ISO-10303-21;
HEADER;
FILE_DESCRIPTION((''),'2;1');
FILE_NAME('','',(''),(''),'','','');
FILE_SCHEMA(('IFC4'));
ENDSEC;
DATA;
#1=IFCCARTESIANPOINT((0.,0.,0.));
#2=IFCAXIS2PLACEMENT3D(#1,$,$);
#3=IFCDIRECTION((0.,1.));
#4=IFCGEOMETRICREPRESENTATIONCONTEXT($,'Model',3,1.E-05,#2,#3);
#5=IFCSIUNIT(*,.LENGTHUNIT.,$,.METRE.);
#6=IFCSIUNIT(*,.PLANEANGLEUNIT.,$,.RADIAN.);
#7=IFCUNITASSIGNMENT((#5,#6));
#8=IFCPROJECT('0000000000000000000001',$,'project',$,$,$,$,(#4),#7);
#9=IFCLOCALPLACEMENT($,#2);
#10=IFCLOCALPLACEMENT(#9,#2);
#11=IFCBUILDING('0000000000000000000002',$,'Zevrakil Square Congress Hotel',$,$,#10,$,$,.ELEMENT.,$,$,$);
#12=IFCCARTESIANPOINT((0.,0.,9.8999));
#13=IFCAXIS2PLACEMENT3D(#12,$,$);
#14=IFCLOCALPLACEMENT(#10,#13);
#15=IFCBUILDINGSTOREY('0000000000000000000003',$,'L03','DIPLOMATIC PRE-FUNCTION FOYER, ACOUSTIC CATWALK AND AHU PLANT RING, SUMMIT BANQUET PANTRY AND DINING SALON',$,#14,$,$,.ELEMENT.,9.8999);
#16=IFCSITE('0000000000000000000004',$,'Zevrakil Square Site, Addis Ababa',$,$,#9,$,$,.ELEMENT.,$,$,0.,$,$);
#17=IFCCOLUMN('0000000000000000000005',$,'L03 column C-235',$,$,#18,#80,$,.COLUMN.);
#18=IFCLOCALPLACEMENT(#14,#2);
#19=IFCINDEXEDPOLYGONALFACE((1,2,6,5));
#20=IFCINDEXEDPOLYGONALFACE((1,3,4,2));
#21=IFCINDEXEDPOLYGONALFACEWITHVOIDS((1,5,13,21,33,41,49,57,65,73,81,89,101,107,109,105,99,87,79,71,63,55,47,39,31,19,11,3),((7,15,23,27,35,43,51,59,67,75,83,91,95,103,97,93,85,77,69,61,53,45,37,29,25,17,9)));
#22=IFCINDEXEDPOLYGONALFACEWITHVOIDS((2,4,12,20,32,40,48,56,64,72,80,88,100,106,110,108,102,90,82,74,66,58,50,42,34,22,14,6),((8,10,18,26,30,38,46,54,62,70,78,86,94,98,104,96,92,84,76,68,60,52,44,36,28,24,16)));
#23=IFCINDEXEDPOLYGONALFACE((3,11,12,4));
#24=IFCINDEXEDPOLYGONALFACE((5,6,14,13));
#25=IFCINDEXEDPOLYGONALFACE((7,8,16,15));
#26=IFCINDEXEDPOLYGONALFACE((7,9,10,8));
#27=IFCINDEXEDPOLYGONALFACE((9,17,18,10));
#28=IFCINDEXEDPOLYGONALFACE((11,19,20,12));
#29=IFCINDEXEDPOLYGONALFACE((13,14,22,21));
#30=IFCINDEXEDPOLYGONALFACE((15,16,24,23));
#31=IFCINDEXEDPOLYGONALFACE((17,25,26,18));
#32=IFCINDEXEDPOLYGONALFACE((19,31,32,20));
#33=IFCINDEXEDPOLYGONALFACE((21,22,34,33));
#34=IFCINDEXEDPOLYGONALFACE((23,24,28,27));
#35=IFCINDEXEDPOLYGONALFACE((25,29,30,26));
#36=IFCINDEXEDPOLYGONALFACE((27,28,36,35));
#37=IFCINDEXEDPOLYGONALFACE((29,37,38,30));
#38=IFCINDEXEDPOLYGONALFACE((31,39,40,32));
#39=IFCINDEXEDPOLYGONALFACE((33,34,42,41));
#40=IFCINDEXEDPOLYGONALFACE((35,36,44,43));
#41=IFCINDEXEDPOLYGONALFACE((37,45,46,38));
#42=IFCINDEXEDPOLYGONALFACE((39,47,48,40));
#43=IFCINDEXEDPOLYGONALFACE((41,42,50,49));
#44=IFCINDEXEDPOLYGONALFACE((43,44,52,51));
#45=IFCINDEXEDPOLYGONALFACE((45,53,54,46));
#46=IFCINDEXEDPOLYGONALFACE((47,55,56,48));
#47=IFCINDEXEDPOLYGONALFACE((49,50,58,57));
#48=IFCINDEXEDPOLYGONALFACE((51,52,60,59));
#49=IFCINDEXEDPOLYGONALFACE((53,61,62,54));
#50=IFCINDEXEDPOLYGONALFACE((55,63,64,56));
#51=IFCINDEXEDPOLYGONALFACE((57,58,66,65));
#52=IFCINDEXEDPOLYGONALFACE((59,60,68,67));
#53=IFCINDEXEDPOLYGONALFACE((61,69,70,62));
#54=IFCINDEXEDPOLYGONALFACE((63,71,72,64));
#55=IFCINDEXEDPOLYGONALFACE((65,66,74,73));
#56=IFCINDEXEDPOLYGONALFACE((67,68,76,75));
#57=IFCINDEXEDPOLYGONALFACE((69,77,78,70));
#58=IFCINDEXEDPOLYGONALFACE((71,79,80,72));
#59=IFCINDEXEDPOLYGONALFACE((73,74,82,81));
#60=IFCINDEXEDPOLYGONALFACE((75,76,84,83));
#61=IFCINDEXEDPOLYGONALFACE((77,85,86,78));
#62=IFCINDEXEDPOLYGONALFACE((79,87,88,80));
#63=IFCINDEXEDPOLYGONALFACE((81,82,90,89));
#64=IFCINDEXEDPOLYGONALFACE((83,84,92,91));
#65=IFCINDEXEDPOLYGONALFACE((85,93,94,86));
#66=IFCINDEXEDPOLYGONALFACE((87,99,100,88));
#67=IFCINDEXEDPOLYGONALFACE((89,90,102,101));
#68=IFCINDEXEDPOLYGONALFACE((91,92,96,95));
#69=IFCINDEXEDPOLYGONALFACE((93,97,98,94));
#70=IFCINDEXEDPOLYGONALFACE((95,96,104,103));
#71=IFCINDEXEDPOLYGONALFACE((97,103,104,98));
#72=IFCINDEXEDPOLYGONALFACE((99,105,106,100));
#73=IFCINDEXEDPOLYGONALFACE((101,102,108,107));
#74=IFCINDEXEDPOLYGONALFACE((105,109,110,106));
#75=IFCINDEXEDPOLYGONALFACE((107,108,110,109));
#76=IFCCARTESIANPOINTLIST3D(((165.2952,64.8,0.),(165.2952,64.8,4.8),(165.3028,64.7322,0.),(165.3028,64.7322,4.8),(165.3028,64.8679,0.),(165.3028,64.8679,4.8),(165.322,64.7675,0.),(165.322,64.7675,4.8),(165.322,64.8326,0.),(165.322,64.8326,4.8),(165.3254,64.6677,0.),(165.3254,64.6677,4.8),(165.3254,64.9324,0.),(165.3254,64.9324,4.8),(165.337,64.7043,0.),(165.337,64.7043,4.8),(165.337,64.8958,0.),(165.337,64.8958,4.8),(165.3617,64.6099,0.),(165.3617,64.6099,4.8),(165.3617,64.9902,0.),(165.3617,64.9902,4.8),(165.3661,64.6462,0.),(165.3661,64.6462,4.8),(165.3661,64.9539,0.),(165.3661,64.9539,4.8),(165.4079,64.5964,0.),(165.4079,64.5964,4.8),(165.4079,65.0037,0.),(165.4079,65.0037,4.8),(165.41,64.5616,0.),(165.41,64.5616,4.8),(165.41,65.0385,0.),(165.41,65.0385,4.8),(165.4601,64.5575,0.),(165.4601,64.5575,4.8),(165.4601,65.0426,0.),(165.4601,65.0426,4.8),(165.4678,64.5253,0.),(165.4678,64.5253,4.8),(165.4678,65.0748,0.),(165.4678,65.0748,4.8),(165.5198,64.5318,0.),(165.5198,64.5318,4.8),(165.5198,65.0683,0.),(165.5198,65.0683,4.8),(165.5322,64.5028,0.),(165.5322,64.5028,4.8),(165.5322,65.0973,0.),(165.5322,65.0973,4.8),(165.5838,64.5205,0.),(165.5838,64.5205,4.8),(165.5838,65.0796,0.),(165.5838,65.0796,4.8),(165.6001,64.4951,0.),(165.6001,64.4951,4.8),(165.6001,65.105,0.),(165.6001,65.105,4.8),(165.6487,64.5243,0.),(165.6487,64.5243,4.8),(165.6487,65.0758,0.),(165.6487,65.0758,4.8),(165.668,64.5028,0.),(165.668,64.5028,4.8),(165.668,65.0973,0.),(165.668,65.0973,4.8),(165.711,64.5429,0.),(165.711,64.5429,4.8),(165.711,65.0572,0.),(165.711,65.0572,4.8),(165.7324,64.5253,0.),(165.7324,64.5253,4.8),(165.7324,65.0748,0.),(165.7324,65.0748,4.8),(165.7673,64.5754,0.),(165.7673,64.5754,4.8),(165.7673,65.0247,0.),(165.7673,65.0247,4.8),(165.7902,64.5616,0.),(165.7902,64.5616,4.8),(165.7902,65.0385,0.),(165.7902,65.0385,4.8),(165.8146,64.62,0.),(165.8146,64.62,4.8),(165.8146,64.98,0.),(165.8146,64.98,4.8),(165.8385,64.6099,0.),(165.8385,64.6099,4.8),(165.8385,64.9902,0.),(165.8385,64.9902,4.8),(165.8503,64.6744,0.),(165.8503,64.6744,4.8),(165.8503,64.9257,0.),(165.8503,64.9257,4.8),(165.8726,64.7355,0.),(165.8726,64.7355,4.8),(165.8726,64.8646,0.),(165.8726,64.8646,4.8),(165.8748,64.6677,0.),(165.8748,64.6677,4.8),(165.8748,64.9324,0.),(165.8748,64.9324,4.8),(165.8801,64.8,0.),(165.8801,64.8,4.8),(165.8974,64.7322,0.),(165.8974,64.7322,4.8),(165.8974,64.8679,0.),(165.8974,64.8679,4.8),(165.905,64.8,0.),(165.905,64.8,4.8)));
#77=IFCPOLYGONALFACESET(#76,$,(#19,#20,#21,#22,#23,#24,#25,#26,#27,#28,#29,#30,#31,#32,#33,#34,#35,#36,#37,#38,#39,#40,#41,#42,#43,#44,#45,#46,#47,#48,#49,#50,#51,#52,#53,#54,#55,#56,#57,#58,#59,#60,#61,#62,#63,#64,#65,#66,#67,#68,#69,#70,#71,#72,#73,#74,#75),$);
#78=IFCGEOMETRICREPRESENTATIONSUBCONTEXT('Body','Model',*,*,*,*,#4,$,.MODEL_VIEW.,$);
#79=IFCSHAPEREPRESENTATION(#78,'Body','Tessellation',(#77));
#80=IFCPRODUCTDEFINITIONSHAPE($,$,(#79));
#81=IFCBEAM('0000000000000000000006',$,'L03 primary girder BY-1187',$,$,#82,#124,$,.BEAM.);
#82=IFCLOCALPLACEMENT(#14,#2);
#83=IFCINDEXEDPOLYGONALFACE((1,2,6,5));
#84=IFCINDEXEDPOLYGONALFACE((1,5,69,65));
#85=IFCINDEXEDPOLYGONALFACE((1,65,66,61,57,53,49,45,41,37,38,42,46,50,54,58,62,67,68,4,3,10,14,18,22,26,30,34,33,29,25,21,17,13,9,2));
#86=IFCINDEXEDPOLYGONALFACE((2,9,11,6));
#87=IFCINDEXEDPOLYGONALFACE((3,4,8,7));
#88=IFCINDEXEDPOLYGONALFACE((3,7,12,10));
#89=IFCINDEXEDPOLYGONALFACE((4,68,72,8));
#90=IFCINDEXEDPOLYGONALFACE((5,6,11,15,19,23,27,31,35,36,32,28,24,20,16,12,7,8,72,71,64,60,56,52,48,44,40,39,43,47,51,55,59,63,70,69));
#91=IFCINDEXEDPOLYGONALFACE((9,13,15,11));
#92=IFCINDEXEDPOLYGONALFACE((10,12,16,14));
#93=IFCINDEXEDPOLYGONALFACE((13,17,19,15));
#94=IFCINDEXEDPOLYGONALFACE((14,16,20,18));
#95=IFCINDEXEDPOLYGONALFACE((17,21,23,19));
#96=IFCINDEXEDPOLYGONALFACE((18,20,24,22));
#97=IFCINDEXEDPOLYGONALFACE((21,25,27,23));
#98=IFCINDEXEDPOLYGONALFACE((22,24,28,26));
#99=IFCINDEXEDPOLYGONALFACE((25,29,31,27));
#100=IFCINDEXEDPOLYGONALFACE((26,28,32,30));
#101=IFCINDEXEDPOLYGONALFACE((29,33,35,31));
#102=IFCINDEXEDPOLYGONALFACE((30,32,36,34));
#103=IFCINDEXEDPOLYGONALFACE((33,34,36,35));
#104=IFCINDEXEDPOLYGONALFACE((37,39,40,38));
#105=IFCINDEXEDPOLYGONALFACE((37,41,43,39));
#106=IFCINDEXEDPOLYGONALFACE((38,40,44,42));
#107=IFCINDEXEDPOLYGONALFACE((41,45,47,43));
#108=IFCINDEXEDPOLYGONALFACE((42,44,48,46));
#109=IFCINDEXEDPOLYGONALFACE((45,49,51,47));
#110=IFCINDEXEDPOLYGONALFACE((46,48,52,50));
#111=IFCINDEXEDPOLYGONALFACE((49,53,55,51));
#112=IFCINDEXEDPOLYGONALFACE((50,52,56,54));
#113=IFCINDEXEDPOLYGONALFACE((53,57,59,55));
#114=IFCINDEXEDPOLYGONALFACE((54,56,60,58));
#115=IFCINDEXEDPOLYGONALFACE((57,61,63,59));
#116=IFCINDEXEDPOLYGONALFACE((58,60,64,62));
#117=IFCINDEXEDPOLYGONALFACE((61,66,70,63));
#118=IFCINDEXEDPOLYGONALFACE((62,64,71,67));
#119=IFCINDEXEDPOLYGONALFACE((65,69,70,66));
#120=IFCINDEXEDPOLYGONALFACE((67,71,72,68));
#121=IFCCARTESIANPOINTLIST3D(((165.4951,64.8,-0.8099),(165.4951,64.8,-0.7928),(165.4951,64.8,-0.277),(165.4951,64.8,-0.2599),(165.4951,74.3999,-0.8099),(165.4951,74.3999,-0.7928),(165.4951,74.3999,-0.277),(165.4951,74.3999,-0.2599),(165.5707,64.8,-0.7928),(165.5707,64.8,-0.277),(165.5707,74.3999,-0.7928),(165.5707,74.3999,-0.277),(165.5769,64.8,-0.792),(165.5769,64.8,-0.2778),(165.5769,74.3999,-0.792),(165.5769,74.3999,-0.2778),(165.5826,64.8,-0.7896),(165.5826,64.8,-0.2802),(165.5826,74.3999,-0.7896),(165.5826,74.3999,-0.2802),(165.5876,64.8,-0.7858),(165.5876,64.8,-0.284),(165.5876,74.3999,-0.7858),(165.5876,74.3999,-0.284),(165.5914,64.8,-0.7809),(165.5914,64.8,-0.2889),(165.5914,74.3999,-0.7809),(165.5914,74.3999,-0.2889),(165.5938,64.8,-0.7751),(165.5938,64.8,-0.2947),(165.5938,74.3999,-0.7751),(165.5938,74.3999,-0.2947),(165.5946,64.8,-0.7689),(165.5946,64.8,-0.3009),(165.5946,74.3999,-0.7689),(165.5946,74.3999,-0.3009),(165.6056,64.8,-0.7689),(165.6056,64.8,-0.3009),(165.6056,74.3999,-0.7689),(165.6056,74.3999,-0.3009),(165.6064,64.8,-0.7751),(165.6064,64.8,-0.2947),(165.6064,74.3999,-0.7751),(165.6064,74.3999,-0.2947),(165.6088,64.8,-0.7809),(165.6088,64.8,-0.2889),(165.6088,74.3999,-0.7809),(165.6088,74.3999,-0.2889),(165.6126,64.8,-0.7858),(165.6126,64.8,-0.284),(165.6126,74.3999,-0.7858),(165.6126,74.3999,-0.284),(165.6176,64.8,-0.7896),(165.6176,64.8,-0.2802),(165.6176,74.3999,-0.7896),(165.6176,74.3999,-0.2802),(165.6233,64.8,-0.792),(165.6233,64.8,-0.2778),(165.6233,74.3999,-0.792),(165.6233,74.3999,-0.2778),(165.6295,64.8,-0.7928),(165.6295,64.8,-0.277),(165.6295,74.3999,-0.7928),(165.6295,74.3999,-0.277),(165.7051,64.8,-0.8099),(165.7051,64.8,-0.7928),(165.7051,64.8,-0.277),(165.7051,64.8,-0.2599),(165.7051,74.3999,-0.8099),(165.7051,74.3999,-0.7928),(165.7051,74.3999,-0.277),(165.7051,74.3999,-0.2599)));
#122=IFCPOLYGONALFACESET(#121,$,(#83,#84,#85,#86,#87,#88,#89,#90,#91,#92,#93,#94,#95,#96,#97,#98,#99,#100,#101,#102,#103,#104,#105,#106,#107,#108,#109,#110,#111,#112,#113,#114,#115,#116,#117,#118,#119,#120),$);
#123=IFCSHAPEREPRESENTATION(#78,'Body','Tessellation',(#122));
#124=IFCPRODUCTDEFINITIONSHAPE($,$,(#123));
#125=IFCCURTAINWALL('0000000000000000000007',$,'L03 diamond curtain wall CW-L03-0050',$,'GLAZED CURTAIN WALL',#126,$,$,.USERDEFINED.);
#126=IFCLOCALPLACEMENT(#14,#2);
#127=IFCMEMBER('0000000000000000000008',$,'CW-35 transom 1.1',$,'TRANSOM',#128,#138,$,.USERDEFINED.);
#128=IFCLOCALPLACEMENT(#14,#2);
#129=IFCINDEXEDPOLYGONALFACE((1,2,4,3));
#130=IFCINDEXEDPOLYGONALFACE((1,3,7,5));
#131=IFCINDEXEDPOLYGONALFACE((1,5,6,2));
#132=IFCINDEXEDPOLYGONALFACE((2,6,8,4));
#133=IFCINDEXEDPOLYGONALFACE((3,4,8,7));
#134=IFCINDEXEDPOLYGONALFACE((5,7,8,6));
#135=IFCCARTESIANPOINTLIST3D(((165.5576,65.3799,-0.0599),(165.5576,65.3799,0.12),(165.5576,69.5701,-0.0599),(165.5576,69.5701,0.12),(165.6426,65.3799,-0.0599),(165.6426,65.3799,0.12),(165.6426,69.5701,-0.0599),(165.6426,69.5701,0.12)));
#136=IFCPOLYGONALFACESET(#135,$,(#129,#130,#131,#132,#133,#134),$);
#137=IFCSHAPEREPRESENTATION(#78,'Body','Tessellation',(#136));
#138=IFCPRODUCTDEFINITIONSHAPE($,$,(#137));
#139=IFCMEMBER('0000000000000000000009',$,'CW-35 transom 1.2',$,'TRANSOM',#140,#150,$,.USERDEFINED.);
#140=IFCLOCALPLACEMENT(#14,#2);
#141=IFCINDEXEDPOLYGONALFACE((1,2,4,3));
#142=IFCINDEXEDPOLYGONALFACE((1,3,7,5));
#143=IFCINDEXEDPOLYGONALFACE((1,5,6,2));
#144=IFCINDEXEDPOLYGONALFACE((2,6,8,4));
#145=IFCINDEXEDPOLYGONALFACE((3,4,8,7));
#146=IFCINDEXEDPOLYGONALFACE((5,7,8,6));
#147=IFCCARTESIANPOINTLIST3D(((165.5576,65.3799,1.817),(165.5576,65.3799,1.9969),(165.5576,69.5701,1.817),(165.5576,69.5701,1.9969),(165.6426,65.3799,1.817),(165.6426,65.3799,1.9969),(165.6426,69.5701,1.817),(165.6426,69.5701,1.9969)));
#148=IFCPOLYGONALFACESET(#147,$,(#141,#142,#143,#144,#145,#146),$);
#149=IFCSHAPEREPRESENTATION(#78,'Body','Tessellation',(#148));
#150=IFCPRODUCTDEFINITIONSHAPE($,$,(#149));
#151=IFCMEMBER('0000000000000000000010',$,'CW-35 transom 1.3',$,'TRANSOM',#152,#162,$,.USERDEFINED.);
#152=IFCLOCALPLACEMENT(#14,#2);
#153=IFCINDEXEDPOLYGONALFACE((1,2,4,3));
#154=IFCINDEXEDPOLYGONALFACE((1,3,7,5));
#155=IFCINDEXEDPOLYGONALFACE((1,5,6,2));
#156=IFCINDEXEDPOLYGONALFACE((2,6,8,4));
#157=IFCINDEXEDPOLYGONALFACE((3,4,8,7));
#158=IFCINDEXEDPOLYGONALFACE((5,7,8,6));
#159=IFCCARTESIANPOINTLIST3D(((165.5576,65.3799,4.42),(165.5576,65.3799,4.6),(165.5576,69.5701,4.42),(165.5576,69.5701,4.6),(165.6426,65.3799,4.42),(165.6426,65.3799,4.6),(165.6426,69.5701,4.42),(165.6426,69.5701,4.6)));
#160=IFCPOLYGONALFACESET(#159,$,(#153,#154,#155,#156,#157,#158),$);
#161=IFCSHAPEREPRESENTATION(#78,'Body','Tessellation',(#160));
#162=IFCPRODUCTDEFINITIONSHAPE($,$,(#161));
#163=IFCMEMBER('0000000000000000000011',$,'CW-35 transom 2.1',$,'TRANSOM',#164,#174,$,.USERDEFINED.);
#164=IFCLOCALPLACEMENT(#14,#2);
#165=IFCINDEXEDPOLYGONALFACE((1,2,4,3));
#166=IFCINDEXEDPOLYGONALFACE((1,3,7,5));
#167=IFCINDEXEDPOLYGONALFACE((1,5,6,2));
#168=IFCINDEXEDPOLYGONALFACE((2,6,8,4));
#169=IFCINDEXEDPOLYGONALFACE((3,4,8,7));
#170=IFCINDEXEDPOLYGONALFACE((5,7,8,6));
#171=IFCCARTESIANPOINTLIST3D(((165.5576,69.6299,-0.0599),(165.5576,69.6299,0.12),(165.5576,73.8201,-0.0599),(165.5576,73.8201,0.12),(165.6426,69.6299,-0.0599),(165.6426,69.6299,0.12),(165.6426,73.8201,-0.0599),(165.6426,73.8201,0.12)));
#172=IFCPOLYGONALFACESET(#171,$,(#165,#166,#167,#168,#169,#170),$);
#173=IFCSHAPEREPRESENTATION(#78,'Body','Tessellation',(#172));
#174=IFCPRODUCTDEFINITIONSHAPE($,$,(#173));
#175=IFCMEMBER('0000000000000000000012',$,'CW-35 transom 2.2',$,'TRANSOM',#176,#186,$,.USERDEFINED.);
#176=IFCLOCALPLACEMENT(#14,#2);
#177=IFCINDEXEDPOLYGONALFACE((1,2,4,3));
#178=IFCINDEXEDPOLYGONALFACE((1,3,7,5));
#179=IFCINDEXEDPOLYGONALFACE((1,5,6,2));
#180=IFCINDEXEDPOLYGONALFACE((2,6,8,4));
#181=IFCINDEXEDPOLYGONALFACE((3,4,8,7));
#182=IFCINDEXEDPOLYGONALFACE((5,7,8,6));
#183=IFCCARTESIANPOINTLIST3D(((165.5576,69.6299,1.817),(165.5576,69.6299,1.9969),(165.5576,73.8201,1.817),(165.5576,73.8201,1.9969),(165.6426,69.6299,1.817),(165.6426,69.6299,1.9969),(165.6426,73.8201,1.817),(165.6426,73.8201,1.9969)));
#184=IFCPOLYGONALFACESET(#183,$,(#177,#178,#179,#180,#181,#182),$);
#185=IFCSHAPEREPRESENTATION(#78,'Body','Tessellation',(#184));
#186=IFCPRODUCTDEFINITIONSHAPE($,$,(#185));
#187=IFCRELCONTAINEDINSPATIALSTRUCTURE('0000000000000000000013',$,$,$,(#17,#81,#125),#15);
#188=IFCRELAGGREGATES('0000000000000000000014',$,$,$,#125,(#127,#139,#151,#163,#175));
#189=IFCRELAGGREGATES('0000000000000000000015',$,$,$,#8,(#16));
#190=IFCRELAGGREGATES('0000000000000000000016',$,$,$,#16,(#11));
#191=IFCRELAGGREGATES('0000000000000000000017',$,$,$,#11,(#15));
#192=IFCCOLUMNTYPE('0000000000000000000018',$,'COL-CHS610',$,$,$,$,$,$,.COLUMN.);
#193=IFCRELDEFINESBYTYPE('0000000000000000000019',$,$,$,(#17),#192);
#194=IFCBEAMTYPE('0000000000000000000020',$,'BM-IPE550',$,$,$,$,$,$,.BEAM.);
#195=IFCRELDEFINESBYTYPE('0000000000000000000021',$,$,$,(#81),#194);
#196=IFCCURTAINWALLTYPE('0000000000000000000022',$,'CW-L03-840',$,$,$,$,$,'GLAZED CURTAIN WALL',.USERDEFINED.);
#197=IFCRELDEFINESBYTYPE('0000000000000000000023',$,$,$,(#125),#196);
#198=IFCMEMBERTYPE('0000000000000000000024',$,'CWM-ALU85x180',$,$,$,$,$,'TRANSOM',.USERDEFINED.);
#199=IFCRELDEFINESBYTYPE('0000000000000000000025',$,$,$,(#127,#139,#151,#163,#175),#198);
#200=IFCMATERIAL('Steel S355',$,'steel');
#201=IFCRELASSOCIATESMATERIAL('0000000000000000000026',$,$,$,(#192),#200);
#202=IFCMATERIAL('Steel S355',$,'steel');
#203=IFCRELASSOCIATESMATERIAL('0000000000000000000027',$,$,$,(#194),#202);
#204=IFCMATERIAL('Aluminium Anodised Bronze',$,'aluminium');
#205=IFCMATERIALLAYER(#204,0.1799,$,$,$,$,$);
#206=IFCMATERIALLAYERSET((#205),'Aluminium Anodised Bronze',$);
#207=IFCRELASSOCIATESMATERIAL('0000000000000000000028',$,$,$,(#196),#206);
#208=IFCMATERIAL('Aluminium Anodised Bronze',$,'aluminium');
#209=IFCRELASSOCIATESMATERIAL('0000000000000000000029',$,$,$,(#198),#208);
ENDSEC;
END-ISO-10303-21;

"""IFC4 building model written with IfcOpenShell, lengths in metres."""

from ifc_helpers import new_model, si_unit, direction, frame, origin, origin_2d, place, context, subcontext, project, spatial, rectangle, hollow_circle, i_section, extrude, material, layer, layer_set, material_profile, profile_set, type_object, element, aggregate, save


model = new_model("IFC4")

# Units and contexts
model_context = context("Model", 3, precision=1e-05, world=origin(), true_north=direction((0.0, 1.0)))
body_context = subcontext(model_context, "Body", "Model", "MODEL_VIEW")
ifc_project = project(units=[si_unit("LENGTHUNIT", "METRE"), si_unit("PLANEANGLEUNIT", "RADIAN")], contexts=[model_context])

# Site, building, storey
site_placement = place(None, origin())
site = spatial("IfcSite", under=ifc_project, at=site_placement, Name="Zevrakil Square Site, Addis Ababa", CompositionType="ELEMENT", RefElevation=0.0)
building_placement = place(site_placement, origin())
building = spatial("IfcBuilding", under=site, at=building_placement, Name="Zevrakil Square Congress Hotel", CompositionType="ELEMENT")
storey_placement = place(building_placement, frame((0.0, 0.0, 9.8999)))
storey = spatial("IfcBuildingStorey", under=building, at=storey_placement, Name="L03", Description="DIPLOMATIC PRE-FUNCTION FOYER, ACOUSTIC CATWALK AND AHU PLANT RING, SUMMIT BANQUET PANTRY AND DINING SALON", CompositionType="ELEMENT", Elevation=9.8999)

# Column
ifc_material_1 = material(Name="Steel S355", Category="steel")
ifc_material_profile_1 = material_profile(ifc_material_1, hollow_circle(Radius=0.3049, WallThickness=0.0249, at=origin_2d()), Name="CHS 610x25")
ifc_profile_set_1 = profile_set([ifc_material_profile_1], Name="Steel S355")
column_type = type_object("IfcColumnType", Name="COL-CHS610", PredefinedType="COLUMN", material=ifc_profile_set_1)
column_placement = place(storey_placement, frame((165.6001, 64.8, 0.0), z_axis=(0.0, 0.0, 1.0), x_axis=(1.0, 0.0, 0.0)))
element("IfcColumn", 1, at=column_placement, inside=storey, type_object=column_type, Name="L03 column C-235", PredefinedType="COLUMN", context=body_context, shape_type="SweptSolid", body=[
    extrude(hollow_circle(Radius=0.3049, WallThickness=0.0249, at=origin_2d()), origin(), (0.0, 0.0, 1.0), 4.8),
])

# Beam
ifc_material_2 = material(Name="Steel S355", Category="steel")
ifc_material_profile_2 = material_profile(ifc_material_2, i_section(OverallWidth=0.21, OverallDepth=0.55, WebThickness=0.011, FlangeThickness=0.0171, FilletRadius=0.0239, at=origin_2d()), Name="IPE 550")
ifc_profile_set_2 = profile_set([ifc_material_profile_2], Name="Steel S355")
beam_type = type_object("IfcBeamType", Name="BM-IPE550", PredefinedType="BEAM", material=ifc_profile_set_2)
beam_placement = place(storey_placement, frame((165.6001, 64.8, -0.5349), z_axis=(0.0, 1.0, 0.0), x_axis=(-1.0, 0.0, 0.0)))
element("IfcBeam", 2, at=beam_placement, inside=storey, type_object=beam_type, Name="L03 primary girder BY-1187", PredefinedType="BEAM", context=body_context, shape_type="SweptSolid", body=[
    extrude(i_section(OverallWidth=0.21, OverallDepth=0.55, WebThickness=0.011, FlangeThickness=0.0171, FilletRadius=0.0239, at=origin_2d()), origin(), (0.0, 0.0, 1.0), 9.5999),
])

# Curtain wall, members
ifc_material_3 = material(Name="Aluminium Anodised Bronze", Category="aluminium")
ifc_layer_1 = layer(ifc_material_3, 0.1799)
ifc_layer_set_1 = layer_set([ifc_layer_1], Name="Aluminium Anodised Bronze")
curtain_wall_type = type_object("IfcCurtainWallType", Name="CW-L03-840", ElementType="GLAZED CURTAIN WALL", PredefinedType="USERDEFINED", material=ifc_layer_set_1)
curtain_wall_1_placement = place(storey_placement, origin())
curtain_wall_1 = element("IfcCurtainWall", 3, at=curtain_wall_1_placement, inside=storey, type_object=curtain_wall_type, Name="L03 diamond curtain wall CW-L03-0050", ObjectType="GLAZED CURTAIN WALL", PredefinedType="USERDEFINED")
ifc_material_4 = material(Name="Aluminium Anodised Bronze", Category="aluminium")
ifc_material_profile_3 = material_profile(ifc_material_4, rectangle(XDim=0.085, YDim=0.1799, at=origin_2d()), Name="ALU 85x180")
ifc_profile_set_3 = profile_set([ifc_material_profile_3], Name="Aluminium Anodised Bronze")
member_type_1 = type_object("IfcMemberType", Name="CWM-ALU85x180", ElementType="TRANSOM", PredefinedType="USERDEFINED", material=ifc_profile_set_3)
member_1_placement = place(storey_placement, frame((165.6001, 65.3799, 0.03), z_axis=(0.0, 1.0, 0.0), x_axis=(-1.0, 0.0, 0.0)))
member_1 = element("IfcMember", 4, at=member_1_placement, type_object=member_type_1, Name="CW-35 transom 1.1", ObjectType="TRANSOM", PredefinedType="USERDEFINED", context=body_context, shape_type="SweptSolid", body=[
    extrude(rectangle(XDim=0.085, YDim=0.1799, at=origin_2d()), origin(), (0.0, 0.0, 1.0), 4.1902),
])
member_2_placement = place(storey_placement, frame((165.6001, 65.3799, 1.907), z_axis=(0.0, 1.0, 0.0), x_axis=(-1.0, 0.0, 0.0)))
member_2 = element("IfcMember", 5, at=member_2_placement, type_object=member_type_1, Name="CW-35 transom 1.2", ObjectType="TRANSOM", PredefinedType="USERDEFINED", context=body_context, shape_type="SweptSolid", body=[
    extrude(rectangle(XDim=0.085, YDim=0.1799, at=origin_2d()), origin(), (0.0, 0.0, 1.0), 4.1902),
])
member_3_placement = place(storey_placement, frame((165.6001, 65.3799, 4.51), z_axis=(0.0, 1.0, 0.0), x_axis=(-1.0, 0.0, 0.0)))
member_3 = element("IfcMember", 6, at=member_3_placement, type_object=member_type_1, Name="CW-35 transom 1.3", ObjectType="TRANSOM", PredefinedType="USERDEFINED", context=body_context, shape_type="SweptSolid", body=[
    extrude(rectangle(XDim=0.085, YDim=0.1799, at=origin_2d()), origin(), (0.0, 0.0, 1.0), 4.1902),
])
member_4_placement = place(storey_placement, frame((165.6001, 69.6299, 0.03), z_axis=(0.0, 1.0, 0.0), x_axis=(-1.0, 0.0, 0.0)))
member_4 = element("IfcMember", 7, at=member_4_placement, type_object=member_type_1, Name="CW-35 transom 2.1", ObjectType="TRANSOM", PredefinedType="USERDEFINED", context=body_context, shape_type="SweptSolid", body=[
    extrude(rectangle(XDim=0.085, YDim=0.1799, at=origin_2d()), origin(), (0.0, 0.0, 1.0), 4.1902),
])
member_5_placement = place(storey_placement, frame((165.6001, 69.6299, 1.907), z_axis=(0.0, 1.0, 0.0), x_axis=(-1.0, 0.0, 0.0)))
member_5 = element("IfcMember", 8, at=member_5_placement, type_object=member_type_1, Name="CW-35 transom 2.2", ObjectType="TRANSOM", PredefinedType="USERDEFINED", context=body_context, shape_type="SweptSolid", body=[
    extrude(rectangle(XDim=0.085, YDim=0.1799, at=origin_2d()), origin(), (0.0, 0.0, 1.0), 4.1902),
])

aggregate(curtain_wall_1, [member_1, member_2, member_3, member_4, member_5])

save(model, "model.ifc")
